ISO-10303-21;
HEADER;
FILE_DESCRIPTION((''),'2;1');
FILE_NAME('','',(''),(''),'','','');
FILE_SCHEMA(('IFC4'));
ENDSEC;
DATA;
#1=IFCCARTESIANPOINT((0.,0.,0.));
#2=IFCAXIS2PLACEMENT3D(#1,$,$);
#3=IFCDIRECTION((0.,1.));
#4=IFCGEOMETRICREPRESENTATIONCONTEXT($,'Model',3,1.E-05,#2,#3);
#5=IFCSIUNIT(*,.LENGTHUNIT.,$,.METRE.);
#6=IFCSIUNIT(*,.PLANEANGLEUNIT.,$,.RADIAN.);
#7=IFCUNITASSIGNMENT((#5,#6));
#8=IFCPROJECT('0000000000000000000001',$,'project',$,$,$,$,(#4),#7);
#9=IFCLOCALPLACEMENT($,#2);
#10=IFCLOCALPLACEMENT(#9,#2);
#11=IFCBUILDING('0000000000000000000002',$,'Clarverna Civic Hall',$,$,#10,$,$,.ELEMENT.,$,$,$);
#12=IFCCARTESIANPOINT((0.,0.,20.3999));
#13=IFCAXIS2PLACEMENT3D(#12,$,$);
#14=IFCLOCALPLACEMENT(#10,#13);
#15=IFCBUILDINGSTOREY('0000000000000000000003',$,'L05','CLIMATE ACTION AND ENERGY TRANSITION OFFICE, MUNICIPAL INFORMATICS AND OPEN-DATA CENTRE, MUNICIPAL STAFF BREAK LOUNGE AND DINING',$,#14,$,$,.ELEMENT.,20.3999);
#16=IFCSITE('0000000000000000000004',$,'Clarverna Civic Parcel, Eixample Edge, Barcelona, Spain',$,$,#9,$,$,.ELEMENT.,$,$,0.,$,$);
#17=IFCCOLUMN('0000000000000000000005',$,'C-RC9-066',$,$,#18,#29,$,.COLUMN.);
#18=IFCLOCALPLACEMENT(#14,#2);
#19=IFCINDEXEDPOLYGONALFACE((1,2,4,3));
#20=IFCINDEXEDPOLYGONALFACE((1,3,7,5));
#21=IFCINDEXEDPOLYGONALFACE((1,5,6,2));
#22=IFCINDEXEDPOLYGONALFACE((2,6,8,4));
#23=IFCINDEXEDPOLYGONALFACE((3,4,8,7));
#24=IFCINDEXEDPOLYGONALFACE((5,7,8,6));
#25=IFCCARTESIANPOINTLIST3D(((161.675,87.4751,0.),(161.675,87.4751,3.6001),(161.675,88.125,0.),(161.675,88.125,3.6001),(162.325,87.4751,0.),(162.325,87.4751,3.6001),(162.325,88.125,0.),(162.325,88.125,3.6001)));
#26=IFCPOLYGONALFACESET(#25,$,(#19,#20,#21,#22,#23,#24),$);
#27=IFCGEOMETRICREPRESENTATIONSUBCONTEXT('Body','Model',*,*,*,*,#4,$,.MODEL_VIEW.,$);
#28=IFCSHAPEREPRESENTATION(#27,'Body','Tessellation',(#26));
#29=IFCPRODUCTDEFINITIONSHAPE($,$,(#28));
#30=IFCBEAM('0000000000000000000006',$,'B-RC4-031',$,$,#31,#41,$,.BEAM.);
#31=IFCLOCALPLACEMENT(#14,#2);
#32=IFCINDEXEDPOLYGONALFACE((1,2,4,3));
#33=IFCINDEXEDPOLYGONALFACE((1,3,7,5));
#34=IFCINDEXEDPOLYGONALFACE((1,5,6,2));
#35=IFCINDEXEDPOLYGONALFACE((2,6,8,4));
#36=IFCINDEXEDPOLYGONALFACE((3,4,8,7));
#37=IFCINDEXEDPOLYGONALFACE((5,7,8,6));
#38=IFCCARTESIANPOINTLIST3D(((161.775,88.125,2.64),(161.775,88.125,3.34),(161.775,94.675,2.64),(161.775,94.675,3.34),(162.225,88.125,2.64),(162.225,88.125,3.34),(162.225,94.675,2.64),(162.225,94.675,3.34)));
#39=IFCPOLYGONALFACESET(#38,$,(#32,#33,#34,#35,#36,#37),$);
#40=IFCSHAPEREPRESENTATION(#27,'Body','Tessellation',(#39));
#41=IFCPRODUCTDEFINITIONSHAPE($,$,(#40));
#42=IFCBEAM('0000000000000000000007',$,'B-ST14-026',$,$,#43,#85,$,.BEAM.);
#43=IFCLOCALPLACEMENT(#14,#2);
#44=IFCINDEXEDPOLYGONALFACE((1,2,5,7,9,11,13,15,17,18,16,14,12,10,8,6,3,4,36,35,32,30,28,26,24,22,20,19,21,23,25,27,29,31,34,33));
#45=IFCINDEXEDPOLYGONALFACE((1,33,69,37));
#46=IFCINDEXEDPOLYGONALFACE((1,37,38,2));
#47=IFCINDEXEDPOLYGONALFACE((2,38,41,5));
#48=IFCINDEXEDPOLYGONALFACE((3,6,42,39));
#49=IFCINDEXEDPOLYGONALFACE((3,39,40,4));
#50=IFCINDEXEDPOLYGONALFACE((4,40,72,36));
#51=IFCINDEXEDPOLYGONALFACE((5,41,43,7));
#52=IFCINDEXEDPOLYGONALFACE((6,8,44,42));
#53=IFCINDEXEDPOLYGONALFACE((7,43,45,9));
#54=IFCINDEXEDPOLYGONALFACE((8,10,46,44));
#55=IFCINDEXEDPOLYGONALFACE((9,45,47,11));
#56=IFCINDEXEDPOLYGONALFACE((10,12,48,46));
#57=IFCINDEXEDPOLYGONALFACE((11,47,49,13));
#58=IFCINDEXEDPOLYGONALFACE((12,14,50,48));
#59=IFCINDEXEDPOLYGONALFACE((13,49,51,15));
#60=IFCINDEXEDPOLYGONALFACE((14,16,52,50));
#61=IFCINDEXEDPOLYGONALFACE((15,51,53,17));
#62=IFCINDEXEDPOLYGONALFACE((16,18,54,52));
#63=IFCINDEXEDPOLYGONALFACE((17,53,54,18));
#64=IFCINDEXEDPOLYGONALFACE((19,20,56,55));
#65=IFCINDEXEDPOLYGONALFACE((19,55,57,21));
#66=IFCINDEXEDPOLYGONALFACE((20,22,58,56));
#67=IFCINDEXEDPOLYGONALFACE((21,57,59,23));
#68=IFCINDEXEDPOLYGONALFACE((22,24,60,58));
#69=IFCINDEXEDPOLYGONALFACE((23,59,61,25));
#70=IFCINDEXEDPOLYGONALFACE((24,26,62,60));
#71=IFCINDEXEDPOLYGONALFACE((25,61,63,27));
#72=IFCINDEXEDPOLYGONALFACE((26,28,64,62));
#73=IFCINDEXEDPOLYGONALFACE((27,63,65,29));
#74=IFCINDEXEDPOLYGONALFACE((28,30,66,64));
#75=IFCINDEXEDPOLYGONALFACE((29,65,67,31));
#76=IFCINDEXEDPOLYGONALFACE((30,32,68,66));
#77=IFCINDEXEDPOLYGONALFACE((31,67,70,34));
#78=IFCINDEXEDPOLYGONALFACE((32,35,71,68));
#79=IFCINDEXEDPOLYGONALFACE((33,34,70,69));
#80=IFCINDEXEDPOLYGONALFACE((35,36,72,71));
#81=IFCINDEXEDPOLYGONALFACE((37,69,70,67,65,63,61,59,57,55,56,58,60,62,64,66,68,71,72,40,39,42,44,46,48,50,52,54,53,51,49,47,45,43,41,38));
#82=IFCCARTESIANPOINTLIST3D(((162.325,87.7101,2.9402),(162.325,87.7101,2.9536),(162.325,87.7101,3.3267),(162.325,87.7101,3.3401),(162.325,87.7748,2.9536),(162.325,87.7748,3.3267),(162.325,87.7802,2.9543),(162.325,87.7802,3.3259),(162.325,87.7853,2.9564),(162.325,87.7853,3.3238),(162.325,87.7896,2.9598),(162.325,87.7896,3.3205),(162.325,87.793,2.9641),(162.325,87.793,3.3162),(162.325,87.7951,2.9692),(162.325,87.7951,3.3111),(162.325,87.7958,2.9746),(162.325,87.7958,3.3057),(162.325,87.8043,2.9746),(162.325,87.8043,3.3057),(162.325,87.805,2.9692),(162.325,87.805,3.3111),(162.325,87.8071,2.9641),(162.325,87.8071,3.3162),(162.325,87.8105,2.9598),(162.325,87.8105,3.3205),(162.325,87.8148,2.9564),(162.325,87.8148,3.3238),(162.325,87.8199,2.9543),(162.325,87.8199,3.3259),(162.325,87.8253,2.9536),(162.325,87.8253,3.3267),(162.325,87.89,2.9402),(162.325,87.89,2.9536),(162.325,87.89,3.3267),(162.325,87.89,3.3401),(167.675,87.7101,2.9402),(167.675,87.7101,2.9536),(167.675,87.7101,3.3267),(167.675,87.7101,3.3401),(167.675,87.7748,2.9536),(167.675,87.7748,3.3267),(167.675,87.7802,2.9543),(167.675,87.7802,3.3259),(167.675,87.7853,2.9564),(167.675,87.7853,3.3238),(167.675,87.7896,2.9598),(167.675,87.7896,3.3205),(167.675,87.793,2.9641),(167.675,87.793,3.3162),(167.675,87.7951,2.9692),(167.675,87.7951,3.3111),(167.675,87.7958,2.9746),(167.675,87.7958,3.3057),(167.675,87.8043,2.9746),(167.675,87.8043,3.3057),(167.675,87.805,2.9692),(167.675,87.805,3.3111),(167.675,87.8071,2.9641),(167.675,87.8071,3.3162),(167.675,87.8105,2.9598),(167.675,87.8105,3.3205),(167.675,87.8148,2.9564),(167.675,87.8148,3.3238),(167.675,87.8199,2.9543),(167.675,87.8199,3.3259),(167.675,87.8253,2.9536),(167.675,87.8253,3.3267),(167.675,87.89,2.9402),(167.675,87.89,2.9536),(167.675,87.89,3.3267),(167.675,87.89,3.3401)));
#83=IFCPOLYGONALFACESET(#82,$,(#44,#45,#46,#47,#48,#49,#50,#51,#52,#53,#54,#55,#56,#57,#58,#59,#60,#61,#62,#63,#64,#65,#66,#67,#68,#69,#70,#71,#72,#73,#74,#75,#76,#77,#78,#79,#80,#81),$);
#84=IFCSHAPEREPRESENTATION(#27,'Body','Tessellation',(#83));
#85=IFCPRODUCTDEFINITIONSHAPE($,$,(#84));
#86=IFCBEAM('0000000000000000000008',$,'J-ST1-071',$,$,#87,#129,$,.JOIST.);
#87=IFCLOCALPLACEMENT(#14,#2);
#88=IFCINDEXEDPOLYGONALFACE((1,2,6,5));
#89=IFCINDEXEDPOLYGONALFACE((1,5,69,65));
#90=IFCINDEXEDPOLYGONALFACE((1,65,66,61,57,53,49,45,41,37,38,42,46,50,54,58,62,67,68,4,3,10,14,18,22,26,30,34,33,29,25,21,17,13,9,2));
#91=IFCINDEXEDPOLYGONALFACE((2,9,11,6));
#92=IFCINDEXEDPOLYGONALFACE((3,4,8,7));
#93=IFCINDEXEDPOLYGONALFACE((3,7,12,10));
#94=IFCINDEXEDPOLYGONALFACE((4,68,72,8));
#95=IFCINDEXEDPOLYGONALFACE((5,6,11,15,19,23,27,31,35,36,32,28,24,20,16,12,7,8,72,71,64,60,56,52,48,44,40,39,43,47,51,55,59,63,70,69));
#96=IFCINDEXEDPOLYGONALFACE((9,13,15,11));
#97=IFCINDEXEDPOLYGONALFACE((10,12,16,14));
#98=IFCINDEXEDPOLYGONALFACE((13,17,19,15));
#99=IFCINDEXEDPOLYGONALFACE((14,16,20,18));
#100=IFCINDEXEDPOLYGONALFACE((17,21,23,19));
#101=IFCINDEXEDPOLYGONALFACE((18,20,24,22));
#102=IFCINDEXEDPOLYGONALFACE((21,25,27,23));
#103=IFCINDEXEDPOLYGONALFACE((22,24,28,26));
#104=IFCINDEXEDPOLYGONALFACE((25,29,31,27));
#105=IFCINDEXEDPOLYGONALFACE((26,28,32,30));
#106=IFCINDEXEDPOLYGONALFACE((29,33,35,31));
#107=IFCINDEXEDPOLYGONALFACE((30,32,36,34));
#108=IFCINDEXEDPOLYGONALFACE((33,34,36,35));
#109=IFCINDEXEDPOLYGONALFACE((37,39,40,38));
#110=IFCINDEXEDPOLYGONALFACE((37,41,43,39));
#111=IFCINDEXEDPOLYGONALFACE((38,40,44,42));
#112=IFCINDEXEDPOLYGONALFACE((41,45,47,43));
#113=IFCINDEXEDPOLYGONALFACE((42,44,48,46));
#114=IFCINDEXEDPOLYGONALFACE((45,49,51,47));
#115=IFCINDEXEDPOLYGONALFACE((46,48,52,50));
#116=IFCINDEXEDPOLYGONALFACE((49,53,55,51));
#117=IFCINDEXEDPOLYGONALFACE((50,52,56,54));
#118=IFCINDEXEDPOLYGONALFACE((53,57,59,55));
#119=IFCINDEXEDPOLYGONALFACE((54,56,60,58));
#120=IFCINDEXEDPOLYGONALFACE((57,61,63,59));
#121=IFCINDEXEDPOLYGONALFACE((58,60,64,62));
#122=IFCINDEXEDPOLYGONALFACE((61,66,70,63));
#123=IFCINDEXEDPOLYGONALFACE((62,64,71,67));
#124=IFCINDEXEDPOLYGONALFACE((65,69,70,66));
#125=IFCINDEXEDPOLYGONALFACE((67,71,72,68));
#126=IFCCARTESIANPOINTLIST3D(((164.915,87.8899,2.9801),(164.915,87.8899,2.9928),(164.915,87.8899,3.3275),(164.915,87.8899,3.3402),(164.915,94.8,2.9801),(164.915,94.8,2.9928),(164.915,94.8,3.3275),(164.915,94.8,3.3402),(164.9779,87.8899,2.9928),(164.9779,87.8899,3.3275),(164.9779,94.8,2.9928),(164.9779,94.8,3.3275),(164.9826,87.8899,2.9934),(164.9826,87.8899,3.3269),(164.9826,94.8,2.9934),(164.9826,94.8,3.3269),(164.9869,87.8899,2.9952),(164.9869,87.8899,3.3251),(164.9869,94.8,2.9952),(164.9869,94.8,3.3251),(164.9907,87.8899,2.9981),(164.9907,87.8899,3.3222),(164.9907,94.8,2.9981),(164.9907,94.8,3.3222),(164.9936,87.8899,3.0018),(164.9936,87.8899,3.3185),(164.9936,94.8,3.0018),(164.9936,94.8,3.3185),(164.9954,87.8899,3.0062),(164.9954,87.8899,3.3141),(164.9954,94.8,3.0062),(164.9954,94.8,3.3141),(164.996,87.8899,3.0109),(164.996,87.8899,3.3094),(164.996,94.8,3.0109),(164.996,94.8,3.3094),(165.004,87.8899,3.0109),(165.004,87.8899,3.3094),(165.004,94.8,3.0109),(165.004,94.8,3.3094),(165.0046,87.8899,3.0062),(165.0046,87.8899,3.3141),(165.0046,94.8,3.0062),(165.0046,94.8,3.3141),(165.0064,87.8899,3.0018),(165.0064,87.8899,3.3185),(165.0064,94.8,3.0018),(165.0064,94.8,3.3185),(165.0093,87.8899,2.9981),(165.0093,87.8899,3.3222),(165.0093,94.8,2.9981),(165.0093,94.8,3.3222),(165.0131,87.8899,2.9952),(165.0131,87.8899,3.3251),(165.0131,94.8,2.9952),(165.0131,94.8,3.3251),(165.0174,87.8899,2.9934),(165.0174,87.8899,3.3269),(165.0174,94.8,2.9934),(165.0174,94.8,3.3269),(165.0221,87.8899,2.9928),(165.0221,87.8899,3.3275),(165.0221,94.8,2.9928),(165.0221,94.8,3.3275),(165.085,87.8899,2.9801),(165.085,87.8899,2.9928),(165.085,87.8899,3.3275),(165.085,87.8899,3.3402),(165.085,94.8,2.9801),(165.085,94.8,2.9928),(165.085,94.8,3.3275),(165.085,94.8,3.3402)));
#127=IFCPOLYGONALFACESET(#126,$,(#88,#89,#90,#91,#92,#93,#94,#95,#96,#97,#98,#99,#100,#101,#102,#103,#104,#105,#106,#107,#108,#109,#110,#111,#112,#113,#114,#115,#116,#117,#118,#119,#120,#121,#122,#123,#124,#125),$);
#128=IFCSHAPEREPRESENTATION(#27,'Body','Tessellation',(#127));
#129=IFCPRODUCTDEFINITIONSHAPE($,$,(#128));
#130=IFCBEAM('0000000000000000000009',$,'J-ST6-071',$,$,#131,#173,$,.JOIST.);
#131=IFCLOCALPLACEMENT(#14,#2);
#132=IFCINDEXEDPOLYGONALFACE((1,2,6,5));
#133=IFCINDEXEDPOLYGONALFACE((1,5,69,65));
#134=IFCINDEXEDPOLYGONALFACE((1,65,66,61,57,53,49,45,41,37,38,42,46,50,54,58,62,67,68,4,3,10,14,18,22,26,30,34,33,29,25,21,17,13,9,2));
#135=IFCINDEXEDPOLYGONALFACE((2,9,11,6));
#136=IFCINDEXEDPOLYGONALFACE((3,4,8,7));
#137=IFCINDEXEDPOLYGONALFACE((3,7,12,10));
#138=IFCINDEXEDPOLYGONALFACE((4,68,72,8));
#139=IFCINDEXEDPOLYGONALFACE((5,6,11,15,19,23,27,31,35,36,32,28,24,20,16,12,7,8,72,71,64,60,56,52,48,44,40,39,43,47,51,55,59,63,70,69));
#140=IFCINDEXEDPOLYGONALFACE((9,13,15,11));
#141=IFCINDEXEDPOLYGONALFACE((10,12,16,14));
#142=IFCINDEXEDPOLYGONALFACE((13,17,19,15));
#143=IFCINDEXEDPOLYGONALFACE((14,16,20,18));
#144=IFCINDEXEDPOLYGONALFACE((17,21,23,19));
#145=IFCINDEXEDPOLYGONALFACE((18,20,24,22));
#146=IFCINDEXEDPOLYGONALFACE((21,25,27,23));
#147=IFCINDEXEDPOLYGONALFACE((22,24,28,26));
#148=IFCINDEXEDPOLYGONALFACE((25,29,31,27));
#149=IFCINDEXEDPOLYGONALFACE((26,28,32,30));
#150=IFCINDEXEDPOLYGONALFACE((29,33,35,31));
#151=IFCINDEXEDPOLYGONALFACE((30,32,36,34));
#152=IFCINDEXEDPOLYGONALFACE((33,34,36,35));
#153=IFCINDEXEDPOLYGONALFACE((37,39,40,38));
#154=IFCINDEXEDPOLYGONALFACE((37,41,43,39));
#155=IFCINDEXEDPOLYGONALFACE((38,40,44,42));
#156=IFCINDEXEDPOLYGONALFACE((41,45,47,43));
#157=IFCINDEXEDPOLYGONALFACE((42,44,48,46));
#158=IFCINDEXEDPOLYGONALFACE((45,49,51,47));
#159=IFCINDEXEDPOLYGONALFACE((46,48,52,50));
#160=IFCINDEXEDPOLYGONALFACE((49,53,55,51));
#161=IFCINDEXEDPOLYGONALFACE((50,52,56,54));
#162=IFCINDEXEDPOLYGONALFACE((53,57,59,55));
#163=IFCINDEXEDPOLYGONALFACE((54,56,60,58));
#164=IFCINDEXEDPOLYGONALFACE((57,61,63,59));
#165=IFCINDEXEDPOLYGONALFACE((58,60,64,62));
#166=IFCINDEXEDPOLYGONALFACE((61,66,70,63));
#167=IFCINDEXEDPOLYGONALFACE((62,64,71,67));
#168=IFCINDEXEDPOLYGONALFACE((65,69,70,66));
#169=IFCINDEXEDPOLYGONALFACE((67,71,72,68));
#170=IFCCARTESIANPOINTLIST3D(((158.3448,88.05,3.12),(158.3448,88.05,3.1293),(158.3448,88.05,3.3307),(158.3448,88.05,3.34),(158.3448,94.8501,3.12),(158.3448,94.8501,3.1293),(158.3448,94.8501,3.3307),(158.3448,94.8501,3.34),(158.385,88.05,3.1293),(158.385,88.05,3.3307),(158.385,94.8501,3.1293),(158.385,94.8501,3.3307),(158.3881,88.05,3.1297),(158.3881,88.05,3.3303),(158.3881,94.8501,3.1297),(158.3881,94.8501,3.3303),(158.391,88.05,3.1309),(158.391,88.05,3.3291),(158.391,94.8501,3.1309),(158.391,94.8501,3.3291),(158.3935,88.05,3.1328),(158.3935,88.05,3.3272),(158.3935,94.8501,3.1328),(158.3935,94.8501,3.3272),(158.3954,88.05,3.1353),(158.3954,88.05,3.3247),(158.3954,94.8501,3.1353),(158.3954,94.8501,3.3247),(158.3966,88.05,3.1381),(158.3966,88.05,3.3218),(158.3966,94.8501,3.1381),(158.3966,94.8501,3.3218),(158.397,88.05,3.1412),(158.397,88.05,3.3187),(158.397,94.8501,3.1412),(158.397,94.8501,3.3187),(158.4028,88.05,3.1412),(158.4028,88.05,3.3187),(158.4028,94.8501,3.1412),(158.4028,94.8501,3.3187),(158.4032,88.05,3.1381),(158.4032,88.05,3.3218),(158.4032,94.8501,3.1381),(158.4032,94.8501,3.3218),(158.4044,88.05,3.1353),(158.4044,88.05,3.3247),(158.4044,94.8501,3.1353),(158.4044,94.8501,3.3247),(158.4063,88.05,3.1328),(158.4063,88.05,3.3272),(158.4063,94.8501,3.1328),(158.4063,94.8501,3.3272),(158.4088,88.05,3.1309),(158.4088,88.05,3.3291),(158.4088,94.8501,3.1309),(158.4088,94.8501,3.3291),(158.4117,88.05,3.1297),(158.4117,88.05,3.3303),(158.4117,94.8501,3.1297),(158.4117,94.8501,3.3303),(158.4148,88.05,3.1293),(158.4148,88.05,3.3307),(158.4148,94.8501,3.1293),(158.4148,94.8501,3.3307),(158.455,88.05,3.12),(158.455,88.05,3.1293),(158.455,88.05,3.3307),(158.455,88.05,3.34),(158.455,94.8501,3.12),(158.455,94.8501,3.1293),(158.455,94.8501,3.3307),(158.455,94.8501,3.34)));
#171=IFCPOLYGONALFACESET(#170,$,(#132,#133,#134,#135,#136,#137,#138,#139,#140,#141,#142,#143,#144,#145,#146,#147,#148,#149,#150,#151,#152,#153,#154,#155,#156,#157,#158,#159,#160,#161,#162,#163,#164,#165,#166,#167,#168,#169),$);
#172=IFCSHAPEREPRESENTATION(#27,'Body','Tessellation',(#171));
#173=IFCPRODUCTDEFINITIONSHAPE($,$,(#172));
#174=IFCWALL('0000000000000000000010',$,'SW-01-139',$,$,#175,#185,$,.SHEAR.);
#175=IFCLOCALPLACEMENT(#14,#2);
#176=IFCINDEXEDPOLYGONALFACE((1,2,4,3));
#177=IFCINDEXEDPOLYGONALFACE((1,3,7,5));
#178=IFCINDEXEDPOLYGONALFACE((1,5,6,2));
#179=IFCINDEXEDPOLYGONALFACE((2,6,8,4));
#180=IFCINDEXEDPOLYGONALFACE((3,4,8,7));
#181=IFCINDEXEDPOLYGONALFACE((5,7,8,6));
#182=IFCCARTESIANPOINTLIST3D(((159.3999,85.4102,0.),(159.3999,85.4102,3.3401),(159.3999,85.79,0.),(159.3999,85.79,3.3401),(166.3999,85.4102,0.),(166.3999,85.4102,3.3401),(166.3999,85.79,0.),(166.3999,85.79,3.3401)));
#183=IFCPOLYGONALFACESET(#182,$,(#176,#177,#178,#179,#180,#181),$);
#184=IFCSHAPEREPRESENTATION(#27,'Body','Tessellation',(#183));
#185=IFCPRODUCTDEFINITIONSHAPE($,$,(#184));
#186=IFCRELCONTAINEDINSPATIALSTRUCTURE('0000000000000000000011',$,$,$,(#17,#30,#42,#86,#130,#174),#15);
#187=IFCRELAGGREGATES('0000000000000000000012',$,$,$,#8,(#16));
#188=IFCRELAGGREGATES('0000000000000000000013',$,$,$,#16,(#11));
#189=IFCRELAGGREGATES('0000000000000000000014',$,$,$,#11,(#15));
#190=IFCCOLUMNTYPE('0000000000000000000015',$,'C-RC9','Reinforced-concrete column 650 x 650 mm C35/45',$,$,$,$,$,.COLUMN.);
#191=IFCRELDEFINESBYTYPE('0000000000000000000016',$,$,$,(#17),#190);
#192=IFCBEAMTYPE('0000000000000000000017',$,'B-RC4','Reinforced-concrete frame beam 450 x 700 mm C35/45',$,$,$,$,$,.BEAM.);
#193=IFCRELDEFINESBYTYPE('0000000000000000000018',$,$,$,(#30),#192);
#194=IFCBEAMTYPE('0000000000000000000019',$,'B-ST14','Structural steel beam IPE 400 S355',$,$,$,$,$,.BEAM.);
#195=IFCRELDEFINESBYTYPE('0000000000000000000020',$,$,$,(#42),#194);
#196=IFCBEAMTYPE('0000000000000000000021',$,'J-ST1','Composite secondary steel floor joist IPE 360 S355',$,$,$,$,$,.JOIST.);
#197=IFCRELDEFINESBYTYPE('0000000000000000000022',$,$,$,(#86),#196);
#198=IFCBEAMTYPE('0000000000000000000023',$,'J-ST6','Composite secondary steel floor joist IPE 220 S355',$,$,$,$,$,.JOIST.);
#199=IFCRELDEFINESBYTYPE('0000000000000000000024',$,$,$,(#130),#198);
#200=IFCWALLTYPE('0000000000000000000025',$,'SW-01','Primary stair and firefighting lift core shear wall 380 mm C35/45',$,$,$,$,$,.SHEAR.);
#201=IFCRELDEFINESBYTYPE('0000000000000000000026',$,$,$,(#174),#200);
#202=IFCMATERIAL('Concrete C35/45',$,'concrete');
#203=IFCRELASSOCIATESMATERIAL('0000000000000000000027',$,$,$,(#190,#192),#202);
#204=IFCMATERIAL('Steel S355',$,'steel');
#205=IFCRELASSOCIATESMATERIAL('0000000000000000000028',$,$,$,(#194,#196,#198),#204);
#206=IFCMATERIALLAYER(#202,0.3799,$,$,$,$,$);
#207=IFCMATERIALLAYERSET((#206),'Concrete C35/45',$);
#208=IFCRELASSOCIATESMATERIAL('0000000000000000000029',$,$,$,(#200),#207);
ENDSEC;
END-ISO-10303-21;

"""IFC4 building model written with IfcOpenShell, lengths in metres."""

from ifc_helpers import new_model, si_unit, direction, frame, frame_2d, origin, origin_2d, place, context, subcontext, project, spatial, rectangle, i_section, extrude, material, layer, layer_set, material_profile, profile_set, type_object, element, save


model = new_model("IFC4")

# Units and contexts
model_context = context("Model", 3, precision=1e-05, world=origin(), true_north=direction((0.0, 1.0)))
body_context = subcontext(model_context, "Body", "Model", "MODEL_VIEW")
ifc_project = project(units=[si_unit("LENGTHUNIT", "METRE"), si_unit("PLANEANGLEUNIT", "RADIAN")], contexts=[model_context])

# Site, building, storey
site_placement = place(None, origin())
site = spatial("IfcSite", under=ifc_project, at=site_placement, Name="Clarverna Civic Parcel, Eixample Edge, Barcelona, Spain", CompositionType="ELEMENT", RefElevation=0.0)
building_placement = place(site_placement, origin())
building = spatial("IfcBuilding", under=site, at=building_placement, Name="Clarverna Civic Hall", CompositionType="ELEMENT")
storey_placement = place(building_placement, frame((0.0, 0.0, 20.3999)))
storey = spatial("IfcBuildingStorey", under=building, at=storey_placement, Name="L05", Description="CLIMATE ACTION AND ENERGY TRANSITION OFFICE, MUNICIPAL INFORMATICS AND OPEN-DATA CENTRE, MUNICIPAL STAFF BREAK LOUNGE AND DINING", CompositionType="ELEMENT", Elevation=20.3999)

# Column
ifc_material_1 = material(Name="Concrete C35/45", Category="concrete")
ifc_material_profile_1 = material_profile(ifc_material_1, rectangle(XDim=0.6499, YDim=0.6499, at=origin_2d()), Name="RC 650x650")
ifc_profile_set_1 = profile_set([ifc_material_profile_1], Name="Concrete C35/45")
column_type = type_object("IfcColumnType", Name="C-RC9", Description="Reinforced-concrete column 650 x 650 mm C35/45", PredefinedType="COLUMN", material=ifc_profile_set_1)
column_placement = place(storey_placement, frame((162.0, 87.8, 0.0), z_axis=(0.0, 0.0, 1.0), x_axis=(1.0, 0.0, 0.0)))
element("IfcColumn", 1, at=column_placement, inside=storey, type_object=column_type, Name="C-RC9-066", PredefinedType="COLUMN", context=body_context, shape_type="SweptSolid", body=[
    extrude(rectangle(XDim=0.6499, YDim=0.6499, at=origin_2d()), origin(), (0.0, 0.0, 1.0), 3.6001),
])

# Beams
ifc_material_profile_2 = material_profile(ifc_material_1, rectangle(XDim=0.45, YDim=0.7, at=origin_2d()), Name="RC 450x700")
ifc_profile_set_2 = profile_set([ifc_material_profile_2], Name="Concrete C35/45")
beam_type_1 = type_object("IfcBeamType", Name="B-RC4", Description="Reinforced-concrete frame beam 450 x 700 mm C35/45", PredefinedType="BEAM", material=ifc_profile_set_2)
beam_1_placement = place(storey_placement, frame((162.0, 88.125, 2.99), z_axis=(0.0, 1.0, 0.0), x_axis=(-1.0, 0.0, 0.0)))
element("IfcBeam", 2, at=beam_1_placement, inside=storey, type_object=beam_type_1, Name="B-RC4-031", PredefinedType="BEAM", context=body_context, shape_type="SweptSolid", body=[
    extrude(rectangle(XDim=0.45, YDim=0.7, at=origin_2d()), origin(), (0.0, 0.0, 1.0), 6.55),
])
ifc_material_2 = material(Name="Steel S355", Category="steel")
ifc_material_profile_3 = material_profile(ifc_material_2, i_section(OverallWidth=0.1799, OverallDepth=0.3999, WebThickness=0.0085, FlangeThickness=0.0134, FilletRadius=0.021, at=origin_2d()), Name="IPE 400")
ifc_profile_set_3 = profile_set([ifc_material_profile_3], Name="Steel S355")
beam_type_2 = type_object("IfcBeamType", Name="B-ST14", Description="Structural steel beam IPE 400 S355", PredefinedType="BEAM", material=ifc_profile_set_3)
beam_2_placement = place(storey_placement, frame((162.325, 87.8, 3.1401), z_axis=(1.0, 0.0, 0.0), x_axis=(0.0, 1.0, 0.0)))
element("IfcBeam", 3, at=beam_2_placement, inside=storey, type_object=beam_type_2, Name="B-ST14-026", PredefinedType="BEAM", context=body_context, shape_type="SweptSolid", body=[
    extrude(i_section(OverallWidth=0.1799, OverallDepth=0.3999, WebThickness=0.0085, FlangeThickness=0.0134, FilletRadius=0.021, at=origin_2d()), origin(), (0.0, 0.0, 1.0), 5.3501),
])
ifc_material_profile_4 = material_profile(ifc_material_2, i_section(OverallWidth=0.1699, OverallDepth=0.3601, WebThickness=0.0081, FlangeThickness=0.0127, FilletRadius=0.0181, at=origin_2d()), Name="IPE 360")
ifc_profile_set_4 = profile_set([ifc_material_profile_4], Name="Steel S355")
beam_type_3 = type_object("IfcBeamType", Name="J-ST1", Description="Composite secondary steel floor joist IPE 360 S355", PredefinedType="JOIST", material=ifc_profile_set_4)
beam_3_placement = place(storey_placement, frame((165.0, 87.8899, 3.1602), z_axis=(0.0, 1.0, 0.0), x_axis=(-1.0, 0.0, 0.0)))
element("IfcBeam", 4, at=beam_3_placement, inside=storey, type_object=beam_type_3, Name="J-ST1-071", PredefinedType="JOIST", context=body_context, shape_type="SweptSolid", body=[
    extrude(i_section(OverallWidth=0.1699, OverallDepth=0.3601, WebThickness=0.0081, FlangeThickness=0.0127, FilletRadius=0.0181, at=origin_2d()), origin(), (0.0, 0.0, 1.0), 6.9102),
])
ifc_material_profile_5 = material_profile(ifc_material_2, i_section(OverallWidth=0.1101, OverallDepth=0.22, WebThickness=0.0059, FlangeThickness=0.0093, FilletRadius=0.012, at=origin_2d()), Name="IPE 220")
ifc_profile_set_5 = profile_set([ifc_material_profile_5], Name="Steel S355")
beam_type_4 = type_object("IfcBeamType", Name="J-ST6", Description="Composite secondary steel floor joist IPE 220 S355", PredefinedType="JOIST", material=ifc_profile_set_5)
beam_4_placement = place(storey_placement, frame((158.3999, 88.05, 3.23), z_axis=(0.0, 1.0, 0.0), x_axis=(-1.0, 0.0, 0.0)))
element("IfcBeam", 5, at=beam_4_placement, inside=storey, type_object=beam_type_4, Name="J-ST6-071", PredefinedType="JOIST", context=body_context, shape_type="SweptSolid", body=[
    extrude(i_section(OverallWidth=0.1101, OverallDepth=0.22, WebThickness=0.0059, FlangeThickness=0.0093, FilletRadius=0.012, at=origin_2d()), origin(), (0.0, 0.0, 1.0), 6.8),
])

# Wall
ifc_layer_1 = layer(ifc_material_1, 0.3799)
ifc_layer_set_1 = layer_set([ifc_layer_1], Name="Concrete C35/45")
wall_type = type_object("IfcWallType", Name="SW-01", Description="Primary stair and firefighting lift core shear wall 380 mm C35/45", PredefinedType="SHEAR", material=ifc_layer_set_1)
wall_1_placement = place(storey_placement, frame((159.3999, 85.6001, 0.0), z_axis=(0.0, 0.0, 1.0), x_axis=(1.0, 0.0, 0.0)))
element("IfcWall", 6, at=wall_1_placement, inside=storey, type_object=wall_type, Name="SW-01-139", PredefinedType="SHEAR", context=body_context, shape_type="SweptSolid", body=[
    extrude(rectangle(XDim=7.0, YDim=0.3799, at=frame_2d((3.5, 0.0))), origin(), (0.0, 0.0, 1.0), 3.3401),
])

save(model, "model.ifc")
